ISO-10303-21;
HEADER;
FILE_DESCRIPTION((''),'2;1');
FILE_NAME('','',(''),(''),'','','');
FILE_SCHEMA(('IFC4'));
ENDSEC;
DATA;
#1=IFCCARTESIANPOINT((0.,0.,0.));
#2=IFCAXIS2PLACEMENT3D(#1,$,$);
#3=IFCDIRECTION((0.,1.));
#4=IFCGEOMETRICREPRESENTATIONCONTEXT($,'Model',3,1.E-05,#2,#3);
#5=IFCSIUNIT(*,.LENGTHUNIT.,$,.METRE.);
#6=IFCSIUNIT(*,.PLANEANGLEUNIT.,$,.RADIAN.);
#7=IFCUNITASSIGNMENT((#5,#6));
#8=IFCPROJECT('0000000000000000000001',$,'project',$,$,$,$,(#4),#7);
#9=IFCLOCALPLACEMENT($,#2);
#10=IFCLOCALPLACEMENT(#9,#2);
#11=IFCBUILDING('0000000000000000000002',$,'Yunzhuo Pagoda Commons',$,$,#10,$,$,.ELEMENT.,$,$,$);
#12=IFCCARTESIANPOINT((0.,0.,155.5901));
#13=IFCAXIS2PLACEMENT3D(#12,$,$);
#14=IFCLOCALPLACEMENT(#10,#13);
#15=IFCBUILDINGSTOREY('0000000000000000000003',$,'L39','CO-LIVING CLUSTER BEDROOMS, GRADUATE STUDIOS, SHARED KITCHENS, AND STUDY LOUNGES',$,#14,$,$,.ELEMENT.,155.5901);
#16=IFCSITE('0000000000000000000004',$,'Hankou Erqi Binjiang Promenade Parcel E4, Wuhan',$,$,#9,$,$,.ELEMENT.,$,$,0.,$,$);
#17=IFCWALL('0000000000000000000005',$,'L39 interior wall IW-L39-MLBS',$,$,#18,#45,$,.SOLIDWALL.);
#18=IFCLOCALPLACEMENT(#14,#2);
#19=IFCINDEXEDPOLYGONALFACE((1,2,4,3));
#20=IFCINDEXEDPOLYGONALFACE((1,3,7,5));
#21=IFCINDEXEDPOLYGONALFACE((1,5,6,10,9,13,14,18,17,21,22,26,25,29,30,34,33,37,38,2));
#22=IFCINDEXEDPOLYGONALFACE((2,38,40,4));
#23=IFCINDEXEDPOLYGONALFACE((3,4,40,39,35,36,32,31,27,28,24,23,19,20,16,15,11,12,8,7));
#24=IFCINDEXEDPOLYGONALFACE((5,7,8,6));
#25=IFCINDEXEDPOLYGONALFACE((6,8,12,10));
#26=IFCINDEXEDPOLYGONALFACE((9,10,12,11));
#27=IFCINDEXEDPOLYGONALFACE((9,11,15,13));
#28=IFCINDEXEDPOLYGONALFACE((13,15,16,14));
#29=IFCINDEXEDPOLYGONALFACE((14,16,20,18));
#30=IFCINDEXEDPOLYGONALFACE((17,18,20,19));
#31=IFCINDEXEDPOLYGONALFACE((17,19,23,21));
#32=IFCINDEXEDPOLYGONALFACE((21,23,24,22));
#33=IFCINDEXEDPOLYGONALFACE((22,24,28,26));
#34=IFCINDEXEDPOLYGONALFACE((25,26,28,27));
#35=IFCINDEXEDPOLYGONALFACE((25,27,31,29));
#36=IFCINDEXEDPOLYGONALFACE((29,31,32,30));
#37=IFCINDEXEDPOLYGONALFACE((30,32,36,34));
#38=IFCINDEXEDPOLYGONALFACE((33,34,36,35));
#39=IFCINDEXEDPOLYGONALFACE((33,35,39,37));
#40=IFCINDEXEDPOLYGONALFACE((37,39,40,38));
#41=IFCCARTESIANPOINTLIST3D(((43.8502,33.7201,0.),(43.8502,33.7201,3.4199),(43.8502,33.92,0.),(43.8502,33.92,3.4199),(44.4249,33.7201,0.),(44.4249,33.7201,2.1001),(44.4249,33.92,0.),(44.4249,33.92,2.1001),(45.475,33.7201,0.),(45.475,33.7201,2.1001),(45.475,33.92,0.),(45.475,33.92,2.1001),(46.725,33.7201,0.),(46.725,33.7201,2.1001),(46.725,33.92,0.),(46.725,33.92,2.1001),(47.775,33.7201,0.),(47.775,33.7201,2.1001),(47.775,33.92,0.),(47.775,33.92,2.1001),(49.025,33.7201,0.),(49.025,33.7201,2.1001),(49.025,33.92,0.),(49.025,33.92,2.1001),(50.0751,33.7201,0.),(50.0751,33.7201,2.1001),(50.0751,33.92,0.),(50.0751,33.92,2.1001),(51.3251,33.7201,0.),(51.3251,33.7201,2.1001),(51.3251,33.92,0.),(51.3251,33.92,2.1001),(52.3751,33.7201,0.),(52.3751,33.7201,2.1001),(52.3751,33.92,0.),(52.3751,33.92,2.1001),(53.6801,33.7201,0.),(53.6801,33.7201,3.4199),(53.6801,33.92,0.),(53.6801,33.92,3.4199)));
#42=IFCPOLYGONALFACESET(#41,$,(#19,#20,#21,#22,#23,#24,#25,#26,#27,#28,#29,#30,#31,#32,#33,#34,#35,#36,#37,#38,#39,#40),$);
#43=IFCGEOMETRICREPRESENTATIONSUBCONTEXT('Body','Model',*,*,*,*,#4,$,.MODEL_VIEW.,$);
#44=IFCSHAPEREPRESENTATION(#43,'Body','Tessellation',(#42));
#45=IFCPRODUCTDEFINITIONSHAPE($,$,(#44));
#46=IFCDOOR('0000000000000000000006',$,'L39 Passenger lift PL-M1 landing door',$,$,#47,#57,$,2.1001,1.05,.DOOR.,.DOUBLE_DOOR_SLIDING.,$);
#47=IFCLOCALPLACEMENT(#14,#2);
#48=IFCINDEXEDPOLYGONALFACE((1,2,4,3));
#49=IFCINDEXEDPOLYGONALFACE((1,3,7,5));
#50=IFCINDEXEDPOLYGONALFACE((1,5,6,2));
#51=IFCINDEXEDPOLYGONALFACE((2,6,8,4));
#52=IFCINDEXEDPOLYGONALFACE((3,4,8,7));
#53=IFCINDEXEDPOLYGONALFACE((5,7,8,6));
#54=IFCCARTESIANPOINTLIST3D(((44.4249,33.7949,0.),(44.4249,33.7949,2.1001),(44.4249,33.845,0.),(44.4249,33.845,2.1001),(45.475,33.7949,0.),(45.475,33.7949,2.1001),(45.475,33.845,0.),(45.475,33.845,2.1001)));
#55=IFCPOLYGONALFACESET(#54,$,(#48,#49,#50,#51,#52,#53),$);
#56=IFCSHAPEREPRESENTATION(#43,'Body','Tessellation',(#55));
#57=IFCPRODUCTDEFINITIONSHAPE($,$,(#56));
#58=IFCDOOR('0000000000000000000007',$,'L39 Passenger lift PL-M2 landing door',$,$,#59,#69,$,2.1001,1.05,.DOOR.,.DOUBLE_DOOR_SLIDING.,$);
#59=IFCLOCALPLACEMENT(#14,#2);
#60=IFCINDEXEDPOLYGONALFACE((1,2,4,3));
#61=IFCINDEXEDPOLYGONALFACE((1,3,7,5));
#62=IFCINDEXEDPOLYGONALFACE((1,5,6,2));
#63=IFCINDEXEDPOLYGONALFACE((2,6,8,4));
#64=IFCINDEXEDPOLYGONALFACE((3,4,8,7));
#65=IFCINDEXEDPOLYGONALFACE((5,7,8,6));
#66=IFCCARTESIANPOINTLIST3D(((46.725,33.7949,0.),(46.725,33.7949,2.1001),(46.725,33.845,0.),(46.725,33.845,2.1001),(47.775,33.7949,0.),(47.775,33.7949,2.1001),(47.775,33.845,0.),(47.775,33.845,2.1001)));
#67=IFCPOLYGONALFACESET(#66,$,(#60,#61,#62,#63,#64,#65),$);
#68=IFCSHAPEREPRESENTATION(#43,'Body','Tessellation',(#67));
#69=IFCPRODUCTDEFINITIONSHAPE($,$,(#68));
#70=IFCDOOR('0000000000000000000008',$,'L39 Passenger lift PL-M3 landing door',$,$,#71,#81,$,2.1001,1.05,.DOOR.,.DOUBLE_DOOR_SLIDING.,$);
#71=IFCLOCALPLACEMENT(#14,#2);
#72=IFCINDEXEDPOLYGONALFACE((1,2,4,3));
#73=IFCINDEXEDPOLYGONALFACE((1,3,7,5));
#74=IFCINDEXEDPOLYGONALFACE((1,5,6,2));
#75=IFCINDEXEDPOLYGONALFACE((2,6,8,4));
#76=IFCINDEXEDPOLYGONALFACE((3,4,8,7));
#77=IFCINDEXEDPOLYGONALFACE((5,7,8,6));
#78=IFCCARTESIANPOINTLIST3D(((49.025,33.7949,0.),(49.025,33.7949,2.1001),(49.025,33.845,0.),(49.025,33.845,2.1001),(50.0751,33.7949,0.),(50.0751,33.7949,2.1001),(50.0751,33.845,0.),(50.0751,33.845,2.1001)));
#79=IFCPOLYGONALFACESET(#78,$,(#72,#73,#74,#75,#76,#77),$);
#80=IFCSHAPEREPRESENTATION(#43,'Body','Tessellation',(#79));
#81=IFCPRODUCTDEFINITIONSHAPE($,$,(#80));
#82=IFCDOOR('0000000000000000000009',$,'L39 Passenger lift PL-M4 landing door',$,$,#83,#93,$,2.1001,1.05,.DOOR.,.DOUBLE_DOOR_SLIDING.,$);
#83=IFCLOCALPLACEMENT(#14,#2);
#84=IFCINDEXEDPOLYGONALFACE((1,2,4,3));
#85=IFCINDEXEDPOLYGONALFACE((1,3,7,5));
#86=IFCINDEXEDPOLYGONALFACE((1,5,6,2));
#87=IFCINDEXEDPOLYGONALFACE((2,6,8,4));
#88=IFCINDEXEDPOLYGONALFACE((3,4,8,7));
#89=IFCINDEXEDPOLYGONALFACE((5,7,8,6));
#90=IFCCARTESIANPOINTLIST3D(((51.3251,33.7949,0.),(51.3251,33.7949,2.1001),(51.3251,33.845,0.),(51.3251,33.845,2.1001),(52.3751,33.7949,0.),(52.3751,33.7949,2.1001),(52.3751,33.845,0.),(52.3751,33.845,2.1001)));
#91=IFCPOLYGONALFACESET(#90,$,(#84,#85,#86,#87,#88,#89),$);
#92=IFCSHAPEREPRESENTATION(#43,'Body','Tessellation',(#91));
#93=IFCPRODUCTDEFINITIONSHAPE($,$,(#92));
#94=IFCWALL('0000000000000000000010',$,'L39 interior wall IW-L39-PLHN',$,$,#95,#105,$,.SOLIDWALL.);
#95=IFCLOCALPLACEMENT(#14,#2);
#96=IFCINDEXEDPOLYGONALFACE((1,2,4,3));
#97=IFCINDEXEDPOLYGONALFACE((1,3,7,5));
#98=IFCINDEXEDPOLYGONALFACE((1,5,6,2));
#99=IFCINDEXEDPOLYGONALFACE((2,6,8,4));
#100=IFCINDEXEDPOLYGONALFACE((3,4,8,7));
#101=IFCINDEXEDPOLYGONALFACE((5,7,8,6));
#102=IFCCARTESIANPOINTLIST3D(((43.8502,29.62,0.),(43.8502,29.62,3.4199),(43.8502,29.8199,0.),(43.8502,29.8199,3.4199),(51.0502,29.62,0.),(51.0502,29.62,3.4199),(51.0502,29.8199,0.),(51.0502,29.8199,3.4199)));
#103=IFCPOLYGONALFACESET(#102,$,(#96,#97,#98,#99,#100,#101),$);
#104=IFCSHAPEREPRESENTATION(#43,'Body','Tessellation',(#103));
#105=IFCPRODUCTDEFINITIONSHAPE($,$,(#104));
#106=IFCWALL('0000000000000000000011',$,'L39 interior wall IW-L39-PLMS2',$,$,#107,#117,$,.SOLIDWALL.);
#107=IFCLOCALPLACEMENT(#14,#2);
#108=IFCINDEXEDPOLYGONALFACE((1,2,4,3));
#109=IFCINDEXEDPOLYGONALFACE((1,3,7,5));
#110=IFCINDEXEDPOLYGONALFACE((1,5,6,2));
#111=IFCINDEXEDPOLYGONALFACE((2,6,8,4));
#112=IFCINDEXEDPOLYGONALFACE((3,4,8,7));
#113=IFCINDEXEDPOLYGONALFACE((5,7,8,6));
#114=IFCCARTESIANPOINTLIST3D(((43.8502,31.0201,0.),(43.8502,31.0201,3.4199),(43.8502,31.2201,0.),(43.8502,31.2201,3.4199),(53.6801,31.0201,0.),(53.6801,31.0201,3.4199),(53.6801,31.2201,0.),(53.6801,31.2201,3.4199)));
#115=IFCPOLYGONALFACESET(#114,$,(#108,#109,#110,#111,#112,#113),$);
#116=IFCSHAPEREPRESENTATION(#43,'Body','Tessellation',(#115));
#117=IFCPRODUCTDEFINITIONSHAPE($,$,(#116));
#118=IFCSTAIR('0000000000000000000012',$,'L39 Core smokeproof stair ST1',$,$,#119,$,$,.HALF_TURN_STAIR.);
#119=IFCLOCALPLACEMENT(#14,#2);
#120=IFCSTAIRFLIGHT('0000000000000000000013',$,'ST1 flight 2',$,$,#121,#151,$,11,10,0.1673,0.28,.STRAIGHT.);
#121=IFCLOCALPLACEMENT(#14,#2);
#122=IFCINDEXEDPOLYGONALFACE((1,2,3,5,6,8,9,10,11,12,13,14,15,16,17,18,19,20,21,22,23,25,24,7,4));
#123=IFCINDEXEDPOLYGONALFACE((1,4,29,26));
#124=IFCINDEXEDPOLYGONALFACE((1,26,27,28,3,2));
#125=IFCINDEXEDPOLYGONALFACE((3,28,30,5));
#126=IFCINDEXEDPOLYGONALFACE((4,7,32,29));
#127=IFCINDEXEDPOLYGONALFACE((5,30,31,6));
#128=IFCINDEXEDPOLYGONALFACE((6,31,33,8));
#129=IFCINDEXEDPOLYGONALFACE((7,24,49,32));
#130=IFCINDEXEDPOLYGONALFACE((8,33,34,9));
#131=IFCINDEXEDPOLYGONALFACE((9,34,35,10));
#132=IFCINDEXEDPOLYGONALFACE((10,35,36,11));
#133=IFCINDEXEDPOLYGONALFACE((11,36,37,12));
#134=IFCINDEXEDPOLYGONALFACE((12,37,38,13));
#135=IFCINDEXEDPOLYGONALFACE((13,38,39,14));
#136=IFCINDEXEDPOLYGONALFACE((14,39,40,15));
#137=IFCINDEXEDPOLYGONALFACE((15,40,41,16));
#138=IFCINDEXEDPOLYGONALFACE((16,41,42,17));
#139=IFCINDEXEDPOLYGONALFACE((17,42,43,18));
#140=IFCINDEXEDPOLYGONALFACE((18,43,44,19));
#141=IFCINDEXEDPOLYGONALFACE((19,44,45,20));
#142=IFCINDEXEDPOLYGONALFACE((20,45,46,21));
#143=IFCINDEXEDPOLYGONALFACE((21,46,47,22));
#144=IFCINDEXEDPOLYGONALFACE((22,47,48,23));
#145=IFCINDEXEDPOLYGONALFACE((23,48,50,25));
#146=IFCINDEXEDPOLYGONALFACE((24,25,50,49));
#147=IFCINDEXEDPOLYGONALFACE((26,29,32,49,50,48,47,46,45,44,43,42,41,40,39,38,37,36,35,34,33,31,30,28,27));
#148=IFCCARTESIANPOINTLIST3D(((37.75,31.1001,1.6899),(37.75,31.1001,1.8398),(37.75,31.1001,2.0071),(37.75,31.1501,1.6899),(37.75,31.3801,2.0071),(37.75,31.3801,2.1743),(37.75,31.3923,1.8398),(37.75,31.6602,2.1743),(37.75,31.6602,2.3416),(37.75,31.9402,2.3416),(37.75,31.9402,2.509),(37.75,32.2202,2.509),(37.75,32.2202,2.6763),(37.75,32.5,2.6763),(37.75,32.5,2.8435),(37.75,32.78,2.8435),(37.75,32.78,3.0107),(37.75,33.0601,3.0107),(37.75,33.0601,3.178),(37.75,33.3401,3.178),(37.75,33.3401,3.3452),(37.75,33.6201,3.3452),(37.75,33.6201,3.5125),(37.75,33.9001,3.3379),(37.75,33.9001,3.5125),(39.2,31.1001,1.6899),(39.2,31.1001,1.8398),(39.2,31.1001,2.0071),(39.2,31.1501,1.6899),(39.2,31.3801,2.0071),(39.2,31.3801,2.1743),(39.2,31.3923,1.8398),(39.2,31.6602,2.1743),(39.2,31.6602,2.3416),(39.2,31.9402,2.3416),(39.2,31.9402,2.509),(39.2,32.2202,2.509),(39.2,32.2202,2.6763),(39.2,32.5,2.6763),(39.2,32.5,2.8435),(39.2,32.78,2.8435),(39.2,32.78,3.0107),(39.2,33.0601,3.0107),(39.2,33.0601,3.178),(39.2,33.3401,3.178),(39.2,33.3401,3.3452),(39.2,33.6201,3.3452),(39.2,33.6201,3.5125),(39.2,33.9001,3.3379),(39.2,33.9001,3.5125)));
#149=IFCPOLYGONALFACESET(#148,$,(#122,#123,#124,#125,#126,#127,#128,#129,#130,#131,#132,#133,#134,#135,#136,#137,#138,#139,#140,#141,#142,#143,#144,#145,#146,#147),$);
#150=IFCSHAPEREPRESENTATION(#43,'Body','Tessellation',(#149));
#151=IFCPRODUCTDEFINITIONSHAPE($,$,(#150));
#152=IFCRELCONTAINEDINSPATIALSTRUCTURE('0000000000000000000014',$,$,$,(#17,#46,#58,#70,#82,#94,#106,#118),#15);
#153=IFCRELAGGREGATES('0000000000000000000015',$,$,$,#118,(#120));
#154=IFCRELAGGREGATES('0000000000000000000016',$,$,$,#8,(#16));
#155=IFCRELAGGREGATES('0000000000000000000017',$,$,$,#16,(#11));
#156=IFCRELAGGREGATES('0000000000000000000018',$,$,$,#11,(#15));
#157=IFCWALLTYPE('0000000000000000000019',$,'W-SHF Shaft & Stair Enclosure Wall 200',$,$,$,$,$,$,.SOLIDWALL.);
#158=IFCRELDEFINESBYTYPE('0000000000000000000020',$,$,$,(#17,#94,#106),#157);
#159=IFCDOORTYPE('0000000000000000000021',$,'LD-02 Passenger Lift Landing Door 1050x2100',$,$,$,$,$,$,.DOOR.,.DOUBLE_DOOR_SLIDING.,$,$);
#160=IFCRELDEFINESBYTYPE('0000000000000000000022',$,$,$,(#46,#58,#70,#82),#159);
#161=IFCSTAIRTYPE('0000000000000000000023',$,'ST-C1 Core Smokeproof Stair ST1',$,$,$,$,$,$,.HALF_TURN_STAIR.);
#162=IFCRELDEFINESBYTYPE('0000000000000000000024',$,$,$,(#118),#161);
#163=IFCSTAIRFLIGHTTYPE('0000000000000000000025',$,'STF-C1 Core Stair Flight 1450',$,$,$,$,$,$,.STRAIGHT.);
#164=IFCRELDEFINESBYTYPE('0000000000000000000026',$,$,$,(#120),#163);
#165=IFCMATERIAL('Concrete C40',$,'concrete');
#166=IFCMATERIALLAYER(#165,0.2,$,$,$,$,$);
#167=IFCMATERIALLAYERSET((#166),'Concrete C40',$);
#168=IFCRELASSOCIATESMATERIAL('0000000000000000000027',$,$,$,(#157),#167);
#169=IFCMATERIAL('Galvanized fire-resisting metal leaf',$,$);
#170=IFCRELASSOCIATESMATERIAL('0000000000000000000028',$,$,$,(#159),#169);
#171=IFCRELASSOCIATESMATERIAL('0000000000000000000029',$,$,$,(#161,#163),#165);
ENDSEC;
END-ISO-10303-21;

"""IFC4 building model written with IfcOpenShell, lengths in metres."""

from ifc_helpers import new_model, si_unit, direction, frame, frame_2d, origin, origin_with_axes, place, context, subcontext, project, spatial, polyline, rectangle, outline, extrude, source, transform, mapped, material, layer, layer_set, type_object, element, fill, aggregate, save


model = new_model("IFC4")

# Units and contexts
model_context = context("Model", 3, precision=1e-05, world=origin(), true_north=direction((0.0, 1.0)))
body_context = subcontext(model_context, "Body", "Model", "MODEL_VIEW")
ifc_project = project(units=[si_unit("LENGTHUNIT", "METRE"), si_unit("PLANEANGLEUNIT", "RADIAN")], contexts=[model_context])

# Site, building, storey
site_placement = place(None, origin())
site = spatial("IfcSite", under=ifc_project, at=site_placement, Name="Hankou Erqi Binjiang Promenade Parcel E4, Wuhan", CompositionType="ELEMENT", RefElevation=0.0)
building_placement = place(site_placement, origin())
building = spatial("IfcBuilding", under=site, at=building_placement, Name="Yunzhuo Pagoda Commons", CompositionType="ELEMENT")
storey_placement = place(building_placement, frame((0.0, 0.0, 155.5901)))
storey = spatial("IfcBuildingStorey", under=building, at=storey_placement, Name="L39", Description="CO-LIVING CLUSTER BEDROOMS, GRADUATE STUDIOS, SHARED KITCHENS, AND STUDY LOUNGES", CompositionType="ELEMENT", Elevation=155.5901)

# Shared definitions
ifc_material_1 = material(Name="Concrete C40", Category="concrete")
ifc_layer_1 = layer(ifc_material_1, 0.2)
ifc_layer_set_1 = layer_set([ifc_layer_1], Name="Concrete C40")
wall_type_1 = type_object("IfcWallType", Name="W-SHF Shaft & Stair Enclosure Wall 200", PredefinedType="SOLIDWALL", material=ifc_layer_set_1)
ifc_material_2 = material(Name="Galvanized fire-resisting metal leaf")
door_type = type_object("IfcDoorType", Name="LD-02 Passenger Lift Landing Door 1050x2100", OperationType="DOUBLE_DOOR_SLIDING", PredefinedType="DOOR", material=ifc_material_2)
shared_shape_1 = source(origin(), body_context, "Body", "SweptSolid", [
    extrude(rectangle(XDim=1.05, YDim=2.1001, at=frame_2d((0.5249, 1.05))), frame((0.0, 0.0249, 0.0), z_axis=(0.0, -1.0, 0.0), x_axis=(1.0, 0.0, 0.0)), (0.0, 0.0, 1.0), 0.05),
])

# Wall, openings, doors
wall_1_placement = place(storey_placement, frame((43.8501, 33.8201, 0.0), z_axis=(0.0, 0.0, 1.0), x_axis=(1.0, 0.0, 0.0)))
wall_1 = element("IfcWall", 1, at=wall_1_placement, inside=storey, type_object=wall_type_1, Name="L39 interior wall IW-L39-MLBS", PredefinedType="SOLIDWALL", context=body_context, shape_type="SweptSolid", body=[
    extrude(rectangle(XDim=9.8298, YDim=0.2, at=frame_2d((4.915, 0.0))), origin(), (0.0, 0.0, 1.0), 3.4199),
])
opening_1_placement = place(wall_1_placement, frame((0.575, 0.0, 0.0)))
opening_1 = element("IfcOpeningElement", 2, at=opening_1_placement, cuts=wall_1, PredefinedType="OPENING", context=body_context, shape_type="SweptSolid", body=[
    extrude(rectangle(XDim=1.05, YDim=2.1001, at=frame_2d((0.5249, 1.05))), frame((0.0, 0.1099, 0.0), z_axis=(0.0, -1.0, 0.0), x_axis=(1.0, 0.0, 0.0)), (0.0, 0.0, 1.0), 0.22),
])
opening_2_placement = place(wall_1_placement, frame((2.875, 0.0, 0.0)))
opening_2 = element("IfcOpeningElement", 3, at=opening_2_placement, cuts=wall_1, PredefinedType="OPENING", context=body_context, shape_type="SweptSolid", body=[
    extrude(rectangle(XDim=1.05, YDim=2.1001, at=frame_2d((0.5249, 1.05))), frame((0.0, 0.1099, 0.0), z_axis=(0.0, -1.0, 0.0), x_axis=(1.0, 0.0, 0.0)), (0.0, 0.0, 1.0), 0.22),
])
opening_3_placement = place(wall_1_placement, frame((5.175, 0.0, 0.0)))
opening_3 = element("IfcOpeningElement", 4, at=opening_3_placement, cuts=wall_1, PredefinedType="OPENING", context=body_context, shape_type="SweptSolid", body=[
    extrude(rectangle(XDim=1.05, YDim=2.1001, at=frame_2d((0.5249, 1.05))), frame((0.0, 0.1099, 0.0), z_axis=(0.0, -1.0, 0.0), x_axis=(1.0, 0.0, 0.0)), (0.0, 0.0, 1.0), 0.22),
])
opening_4_placement = place(wall_1_placement, frame((7.4751, 0.0, 0.0)))
opening_4 = element("IfcOpeningElement", 5, at=opening_4_placement, cuts=wall_1, PredefinedType="OPENING", context=body_context, shape_type="SweptSolid", body=[
    extrude(rectangle(XDim=1.05, YDim=2.1001, at=frame_2d((0.5249, 1.05))), frame((0.0, 0.1099, 0.0), z_axis=(0.0, -1.0, 0.0), x_axis=(1.0, 0.0, 0.0)), (0.0, 0.0, 1.0), 0.22),
])
door_1_placement = place(opening_1_placement, origin_with_axes())
door_1 = element("IfcDoor", 6, at=door_1_placement, inside=storey, type_object=door_type, Name="L39 Passenger lift PL-M1 landing door", OperationType="DOUBLE_DOOR_SLIDING", OverallHeight=2.1001, OverallWidth=1.05, PredefinedType="DOOR", context=body_context, shape_type="MappedRepresentation", body=[
    mapped(shared_shape_1, transform((0.0, 0.0, 0.0), scale=1.0)),
])
fill(opening_1, door_1)
door_2_placement = place(opening_2_placement, origin_with_axes())
door_2 = element("IfcDoor", 7, at=door_2_placement, inside=storey, type_object=door_type, Name="L39 Passenger lift PL-M2 landing door", OperationType="DOUBLE_DOOR_SLIDING", OverallHeight=2.1001, OverallWidth=1.05, PredefinedType="DOOR", context=body_context, shape_type="MappedRepresentation", body=[
    mapped(shared_shape_1, transform((0.0, 0.0, 0.0), scale=1.0)),
])
fill(opening_2, door_2)
door_3_placement = place(opening_3_placement, origin_with_axes())
door_3 = element("IfcDoor", 8, at=door_3_placement, inside=storey, type_object=door_type, Name="L39 Passenger lift PL-M3 landing door", OperationType="DOUBLE_DOOR_SLIDING", OverallHeight=2.1001, OverallWidth=1.05, PredefinedType="DOOR", context=body_context, shape_type="MappedRepresentation", body=[
    mapped(shared_shape_1, transform((0.0, 0.0, 0.0), scale=1.0)),
])
fill(opening_3, door_3)
door_4_placement = place(opening_4_placement, origin_with_axes())
door_4 = element("IfcDoor", 9, at=door_4_placement, inside=storey, type_object=door_type, Name="L39 Passenger lift PL-M4 landing door", OperationType="DOUBLE_DOOR_SLIDING", OverallHeight=2.1001, OverallWidth=1.05, PredefinedType="DOOR", context=body_context, shape_type="MappedRepresentation", body=[
    mapped(shared_shape_1, transform((0.0, 0.0, 0.0), scale=1.0)),
])
fill(opening_4, door_4)

# Walls
wall_2_placement = place(storey_placement, frame((43.8501, 29.72, 0.0), z_axis=(0.0, 0.0, 1.0), x_axis=(1.0, 0.0, 0.0)))
element("IfcWall", 10, at=wall_2_placement, inside=storey, type_object=wall_type_1, Name="L39 interior wall IW-L39-PLHN", PredefinedType="SOLIDWALL", context=body_context, shape_type="SweptSolid", body=[
    extrude(rectangle(XDim=7.2, YDim=0.2, at=frame_2d((3.6001, 0.0))), origin(), (0.0, 0.0, 1.0), 3.4199),
])
wall_3_placement = place(storey_placement, frame((43.8501, 31.1201, 0.0), z_axis=(0.0, 0.0, 1.0), x_axis=(1.0, 0.0, 0.0)))
element("IfcWall", 11, at=wall_3_placement, inside=storey, type_object=wall_type_1, Name="L39 interior wall IW-L39-PLMS2", PredefinedType="SOLIDWALL", context=body_context, shape_type="SweptSolid", body=[
    extrude(rectangle(XDim=9.8298, YDim=0.2, at=frame_2d((4.915, 0.0))), origin(), (0.0, 0.0, 1.0), 3.4199),
])

# Stair, stair flight
stair_type = type_object("IfcStairType", Name="ST-C1 Core Smokeproof Stair ST1", PredefinedType="HALF_TURN_STAIR", material=ifc_material_1)
stair_placement = place(storey_placement, origin())
stair = element("IfcStair", 12, at=stair_placement, inside=storey, type_object=stair_type, Name="L39 Core smokeproof stair ST1", PredefinedType="HALF_TURN_STAIR")
stair_flight_type = type_object("IfcStairFlightType", Name="STF-C1 Core Stair Flight 1450", PredefinedType="STRAIGHT", material=ifc_material_1)
shared_shape_2 = source(origin(), body_context, "Body", "SweptSolid", [
    extrude(outline(polyline([(0.0, -0.1499), (0.0, 0.0), (0.0, 0.1672), (0.28, 0.1672), (0.28, 0.3345), (0.5601, 0.3345), (0.5601, 0.5017), (0.8401, 0.5017), (0.8401, 0.6692), (1.1201, 0.6692), (1.1201, 0.8364), (1.3999, 0.8364), (1.3999, 1.0037), (1.6799, 1.0037), (1.6799, 1.1709), (1.96, 1.1709), (1.96, 1.3381), (2.24, 1.3381), (2.24, 1.5054), (2.52, 1.5054), (2.52, 1.6726), (2.8, 1.6726), (2.8, 1.8401), (2.8, 1.498), (0.2922, 0.0), (0.05, -0.1499), (0.0, -0.1499)])), frame((0.0, 0.7251, 0.0), z_axis=(0.0, -1.0, 0.0), x_axis=(1.0, 0.0, 0.0)), (0.0, 0.0, 1.0), 1.45),
])
stair_flight_placement = place(storey_placement, frame((38.4751, 31.1001, 1.8398), z_axis=(0.0, 0.0, 1.0), x_axis=(0.0, 1.0, 0.0)))
stair_flight = element("IfcStairFlight", 13, at=stair_flight_placement, type_object=stair_flight_type, Name="ST1 flight 2", NumberOfRisers=11, NumberOfTreads=10, PredefinedType="STRAIGHT", RiserHeight=0.1673, TreadLength=0.28, context=body_context, shape_type="MappedRepresentation", body=[
    mapped(shared_shape_2, transform((0.0, 0.0, 0.0), scale=1.0)),
])
aggregate(stair, [stair_flight])

save(model, "model.ifc")
